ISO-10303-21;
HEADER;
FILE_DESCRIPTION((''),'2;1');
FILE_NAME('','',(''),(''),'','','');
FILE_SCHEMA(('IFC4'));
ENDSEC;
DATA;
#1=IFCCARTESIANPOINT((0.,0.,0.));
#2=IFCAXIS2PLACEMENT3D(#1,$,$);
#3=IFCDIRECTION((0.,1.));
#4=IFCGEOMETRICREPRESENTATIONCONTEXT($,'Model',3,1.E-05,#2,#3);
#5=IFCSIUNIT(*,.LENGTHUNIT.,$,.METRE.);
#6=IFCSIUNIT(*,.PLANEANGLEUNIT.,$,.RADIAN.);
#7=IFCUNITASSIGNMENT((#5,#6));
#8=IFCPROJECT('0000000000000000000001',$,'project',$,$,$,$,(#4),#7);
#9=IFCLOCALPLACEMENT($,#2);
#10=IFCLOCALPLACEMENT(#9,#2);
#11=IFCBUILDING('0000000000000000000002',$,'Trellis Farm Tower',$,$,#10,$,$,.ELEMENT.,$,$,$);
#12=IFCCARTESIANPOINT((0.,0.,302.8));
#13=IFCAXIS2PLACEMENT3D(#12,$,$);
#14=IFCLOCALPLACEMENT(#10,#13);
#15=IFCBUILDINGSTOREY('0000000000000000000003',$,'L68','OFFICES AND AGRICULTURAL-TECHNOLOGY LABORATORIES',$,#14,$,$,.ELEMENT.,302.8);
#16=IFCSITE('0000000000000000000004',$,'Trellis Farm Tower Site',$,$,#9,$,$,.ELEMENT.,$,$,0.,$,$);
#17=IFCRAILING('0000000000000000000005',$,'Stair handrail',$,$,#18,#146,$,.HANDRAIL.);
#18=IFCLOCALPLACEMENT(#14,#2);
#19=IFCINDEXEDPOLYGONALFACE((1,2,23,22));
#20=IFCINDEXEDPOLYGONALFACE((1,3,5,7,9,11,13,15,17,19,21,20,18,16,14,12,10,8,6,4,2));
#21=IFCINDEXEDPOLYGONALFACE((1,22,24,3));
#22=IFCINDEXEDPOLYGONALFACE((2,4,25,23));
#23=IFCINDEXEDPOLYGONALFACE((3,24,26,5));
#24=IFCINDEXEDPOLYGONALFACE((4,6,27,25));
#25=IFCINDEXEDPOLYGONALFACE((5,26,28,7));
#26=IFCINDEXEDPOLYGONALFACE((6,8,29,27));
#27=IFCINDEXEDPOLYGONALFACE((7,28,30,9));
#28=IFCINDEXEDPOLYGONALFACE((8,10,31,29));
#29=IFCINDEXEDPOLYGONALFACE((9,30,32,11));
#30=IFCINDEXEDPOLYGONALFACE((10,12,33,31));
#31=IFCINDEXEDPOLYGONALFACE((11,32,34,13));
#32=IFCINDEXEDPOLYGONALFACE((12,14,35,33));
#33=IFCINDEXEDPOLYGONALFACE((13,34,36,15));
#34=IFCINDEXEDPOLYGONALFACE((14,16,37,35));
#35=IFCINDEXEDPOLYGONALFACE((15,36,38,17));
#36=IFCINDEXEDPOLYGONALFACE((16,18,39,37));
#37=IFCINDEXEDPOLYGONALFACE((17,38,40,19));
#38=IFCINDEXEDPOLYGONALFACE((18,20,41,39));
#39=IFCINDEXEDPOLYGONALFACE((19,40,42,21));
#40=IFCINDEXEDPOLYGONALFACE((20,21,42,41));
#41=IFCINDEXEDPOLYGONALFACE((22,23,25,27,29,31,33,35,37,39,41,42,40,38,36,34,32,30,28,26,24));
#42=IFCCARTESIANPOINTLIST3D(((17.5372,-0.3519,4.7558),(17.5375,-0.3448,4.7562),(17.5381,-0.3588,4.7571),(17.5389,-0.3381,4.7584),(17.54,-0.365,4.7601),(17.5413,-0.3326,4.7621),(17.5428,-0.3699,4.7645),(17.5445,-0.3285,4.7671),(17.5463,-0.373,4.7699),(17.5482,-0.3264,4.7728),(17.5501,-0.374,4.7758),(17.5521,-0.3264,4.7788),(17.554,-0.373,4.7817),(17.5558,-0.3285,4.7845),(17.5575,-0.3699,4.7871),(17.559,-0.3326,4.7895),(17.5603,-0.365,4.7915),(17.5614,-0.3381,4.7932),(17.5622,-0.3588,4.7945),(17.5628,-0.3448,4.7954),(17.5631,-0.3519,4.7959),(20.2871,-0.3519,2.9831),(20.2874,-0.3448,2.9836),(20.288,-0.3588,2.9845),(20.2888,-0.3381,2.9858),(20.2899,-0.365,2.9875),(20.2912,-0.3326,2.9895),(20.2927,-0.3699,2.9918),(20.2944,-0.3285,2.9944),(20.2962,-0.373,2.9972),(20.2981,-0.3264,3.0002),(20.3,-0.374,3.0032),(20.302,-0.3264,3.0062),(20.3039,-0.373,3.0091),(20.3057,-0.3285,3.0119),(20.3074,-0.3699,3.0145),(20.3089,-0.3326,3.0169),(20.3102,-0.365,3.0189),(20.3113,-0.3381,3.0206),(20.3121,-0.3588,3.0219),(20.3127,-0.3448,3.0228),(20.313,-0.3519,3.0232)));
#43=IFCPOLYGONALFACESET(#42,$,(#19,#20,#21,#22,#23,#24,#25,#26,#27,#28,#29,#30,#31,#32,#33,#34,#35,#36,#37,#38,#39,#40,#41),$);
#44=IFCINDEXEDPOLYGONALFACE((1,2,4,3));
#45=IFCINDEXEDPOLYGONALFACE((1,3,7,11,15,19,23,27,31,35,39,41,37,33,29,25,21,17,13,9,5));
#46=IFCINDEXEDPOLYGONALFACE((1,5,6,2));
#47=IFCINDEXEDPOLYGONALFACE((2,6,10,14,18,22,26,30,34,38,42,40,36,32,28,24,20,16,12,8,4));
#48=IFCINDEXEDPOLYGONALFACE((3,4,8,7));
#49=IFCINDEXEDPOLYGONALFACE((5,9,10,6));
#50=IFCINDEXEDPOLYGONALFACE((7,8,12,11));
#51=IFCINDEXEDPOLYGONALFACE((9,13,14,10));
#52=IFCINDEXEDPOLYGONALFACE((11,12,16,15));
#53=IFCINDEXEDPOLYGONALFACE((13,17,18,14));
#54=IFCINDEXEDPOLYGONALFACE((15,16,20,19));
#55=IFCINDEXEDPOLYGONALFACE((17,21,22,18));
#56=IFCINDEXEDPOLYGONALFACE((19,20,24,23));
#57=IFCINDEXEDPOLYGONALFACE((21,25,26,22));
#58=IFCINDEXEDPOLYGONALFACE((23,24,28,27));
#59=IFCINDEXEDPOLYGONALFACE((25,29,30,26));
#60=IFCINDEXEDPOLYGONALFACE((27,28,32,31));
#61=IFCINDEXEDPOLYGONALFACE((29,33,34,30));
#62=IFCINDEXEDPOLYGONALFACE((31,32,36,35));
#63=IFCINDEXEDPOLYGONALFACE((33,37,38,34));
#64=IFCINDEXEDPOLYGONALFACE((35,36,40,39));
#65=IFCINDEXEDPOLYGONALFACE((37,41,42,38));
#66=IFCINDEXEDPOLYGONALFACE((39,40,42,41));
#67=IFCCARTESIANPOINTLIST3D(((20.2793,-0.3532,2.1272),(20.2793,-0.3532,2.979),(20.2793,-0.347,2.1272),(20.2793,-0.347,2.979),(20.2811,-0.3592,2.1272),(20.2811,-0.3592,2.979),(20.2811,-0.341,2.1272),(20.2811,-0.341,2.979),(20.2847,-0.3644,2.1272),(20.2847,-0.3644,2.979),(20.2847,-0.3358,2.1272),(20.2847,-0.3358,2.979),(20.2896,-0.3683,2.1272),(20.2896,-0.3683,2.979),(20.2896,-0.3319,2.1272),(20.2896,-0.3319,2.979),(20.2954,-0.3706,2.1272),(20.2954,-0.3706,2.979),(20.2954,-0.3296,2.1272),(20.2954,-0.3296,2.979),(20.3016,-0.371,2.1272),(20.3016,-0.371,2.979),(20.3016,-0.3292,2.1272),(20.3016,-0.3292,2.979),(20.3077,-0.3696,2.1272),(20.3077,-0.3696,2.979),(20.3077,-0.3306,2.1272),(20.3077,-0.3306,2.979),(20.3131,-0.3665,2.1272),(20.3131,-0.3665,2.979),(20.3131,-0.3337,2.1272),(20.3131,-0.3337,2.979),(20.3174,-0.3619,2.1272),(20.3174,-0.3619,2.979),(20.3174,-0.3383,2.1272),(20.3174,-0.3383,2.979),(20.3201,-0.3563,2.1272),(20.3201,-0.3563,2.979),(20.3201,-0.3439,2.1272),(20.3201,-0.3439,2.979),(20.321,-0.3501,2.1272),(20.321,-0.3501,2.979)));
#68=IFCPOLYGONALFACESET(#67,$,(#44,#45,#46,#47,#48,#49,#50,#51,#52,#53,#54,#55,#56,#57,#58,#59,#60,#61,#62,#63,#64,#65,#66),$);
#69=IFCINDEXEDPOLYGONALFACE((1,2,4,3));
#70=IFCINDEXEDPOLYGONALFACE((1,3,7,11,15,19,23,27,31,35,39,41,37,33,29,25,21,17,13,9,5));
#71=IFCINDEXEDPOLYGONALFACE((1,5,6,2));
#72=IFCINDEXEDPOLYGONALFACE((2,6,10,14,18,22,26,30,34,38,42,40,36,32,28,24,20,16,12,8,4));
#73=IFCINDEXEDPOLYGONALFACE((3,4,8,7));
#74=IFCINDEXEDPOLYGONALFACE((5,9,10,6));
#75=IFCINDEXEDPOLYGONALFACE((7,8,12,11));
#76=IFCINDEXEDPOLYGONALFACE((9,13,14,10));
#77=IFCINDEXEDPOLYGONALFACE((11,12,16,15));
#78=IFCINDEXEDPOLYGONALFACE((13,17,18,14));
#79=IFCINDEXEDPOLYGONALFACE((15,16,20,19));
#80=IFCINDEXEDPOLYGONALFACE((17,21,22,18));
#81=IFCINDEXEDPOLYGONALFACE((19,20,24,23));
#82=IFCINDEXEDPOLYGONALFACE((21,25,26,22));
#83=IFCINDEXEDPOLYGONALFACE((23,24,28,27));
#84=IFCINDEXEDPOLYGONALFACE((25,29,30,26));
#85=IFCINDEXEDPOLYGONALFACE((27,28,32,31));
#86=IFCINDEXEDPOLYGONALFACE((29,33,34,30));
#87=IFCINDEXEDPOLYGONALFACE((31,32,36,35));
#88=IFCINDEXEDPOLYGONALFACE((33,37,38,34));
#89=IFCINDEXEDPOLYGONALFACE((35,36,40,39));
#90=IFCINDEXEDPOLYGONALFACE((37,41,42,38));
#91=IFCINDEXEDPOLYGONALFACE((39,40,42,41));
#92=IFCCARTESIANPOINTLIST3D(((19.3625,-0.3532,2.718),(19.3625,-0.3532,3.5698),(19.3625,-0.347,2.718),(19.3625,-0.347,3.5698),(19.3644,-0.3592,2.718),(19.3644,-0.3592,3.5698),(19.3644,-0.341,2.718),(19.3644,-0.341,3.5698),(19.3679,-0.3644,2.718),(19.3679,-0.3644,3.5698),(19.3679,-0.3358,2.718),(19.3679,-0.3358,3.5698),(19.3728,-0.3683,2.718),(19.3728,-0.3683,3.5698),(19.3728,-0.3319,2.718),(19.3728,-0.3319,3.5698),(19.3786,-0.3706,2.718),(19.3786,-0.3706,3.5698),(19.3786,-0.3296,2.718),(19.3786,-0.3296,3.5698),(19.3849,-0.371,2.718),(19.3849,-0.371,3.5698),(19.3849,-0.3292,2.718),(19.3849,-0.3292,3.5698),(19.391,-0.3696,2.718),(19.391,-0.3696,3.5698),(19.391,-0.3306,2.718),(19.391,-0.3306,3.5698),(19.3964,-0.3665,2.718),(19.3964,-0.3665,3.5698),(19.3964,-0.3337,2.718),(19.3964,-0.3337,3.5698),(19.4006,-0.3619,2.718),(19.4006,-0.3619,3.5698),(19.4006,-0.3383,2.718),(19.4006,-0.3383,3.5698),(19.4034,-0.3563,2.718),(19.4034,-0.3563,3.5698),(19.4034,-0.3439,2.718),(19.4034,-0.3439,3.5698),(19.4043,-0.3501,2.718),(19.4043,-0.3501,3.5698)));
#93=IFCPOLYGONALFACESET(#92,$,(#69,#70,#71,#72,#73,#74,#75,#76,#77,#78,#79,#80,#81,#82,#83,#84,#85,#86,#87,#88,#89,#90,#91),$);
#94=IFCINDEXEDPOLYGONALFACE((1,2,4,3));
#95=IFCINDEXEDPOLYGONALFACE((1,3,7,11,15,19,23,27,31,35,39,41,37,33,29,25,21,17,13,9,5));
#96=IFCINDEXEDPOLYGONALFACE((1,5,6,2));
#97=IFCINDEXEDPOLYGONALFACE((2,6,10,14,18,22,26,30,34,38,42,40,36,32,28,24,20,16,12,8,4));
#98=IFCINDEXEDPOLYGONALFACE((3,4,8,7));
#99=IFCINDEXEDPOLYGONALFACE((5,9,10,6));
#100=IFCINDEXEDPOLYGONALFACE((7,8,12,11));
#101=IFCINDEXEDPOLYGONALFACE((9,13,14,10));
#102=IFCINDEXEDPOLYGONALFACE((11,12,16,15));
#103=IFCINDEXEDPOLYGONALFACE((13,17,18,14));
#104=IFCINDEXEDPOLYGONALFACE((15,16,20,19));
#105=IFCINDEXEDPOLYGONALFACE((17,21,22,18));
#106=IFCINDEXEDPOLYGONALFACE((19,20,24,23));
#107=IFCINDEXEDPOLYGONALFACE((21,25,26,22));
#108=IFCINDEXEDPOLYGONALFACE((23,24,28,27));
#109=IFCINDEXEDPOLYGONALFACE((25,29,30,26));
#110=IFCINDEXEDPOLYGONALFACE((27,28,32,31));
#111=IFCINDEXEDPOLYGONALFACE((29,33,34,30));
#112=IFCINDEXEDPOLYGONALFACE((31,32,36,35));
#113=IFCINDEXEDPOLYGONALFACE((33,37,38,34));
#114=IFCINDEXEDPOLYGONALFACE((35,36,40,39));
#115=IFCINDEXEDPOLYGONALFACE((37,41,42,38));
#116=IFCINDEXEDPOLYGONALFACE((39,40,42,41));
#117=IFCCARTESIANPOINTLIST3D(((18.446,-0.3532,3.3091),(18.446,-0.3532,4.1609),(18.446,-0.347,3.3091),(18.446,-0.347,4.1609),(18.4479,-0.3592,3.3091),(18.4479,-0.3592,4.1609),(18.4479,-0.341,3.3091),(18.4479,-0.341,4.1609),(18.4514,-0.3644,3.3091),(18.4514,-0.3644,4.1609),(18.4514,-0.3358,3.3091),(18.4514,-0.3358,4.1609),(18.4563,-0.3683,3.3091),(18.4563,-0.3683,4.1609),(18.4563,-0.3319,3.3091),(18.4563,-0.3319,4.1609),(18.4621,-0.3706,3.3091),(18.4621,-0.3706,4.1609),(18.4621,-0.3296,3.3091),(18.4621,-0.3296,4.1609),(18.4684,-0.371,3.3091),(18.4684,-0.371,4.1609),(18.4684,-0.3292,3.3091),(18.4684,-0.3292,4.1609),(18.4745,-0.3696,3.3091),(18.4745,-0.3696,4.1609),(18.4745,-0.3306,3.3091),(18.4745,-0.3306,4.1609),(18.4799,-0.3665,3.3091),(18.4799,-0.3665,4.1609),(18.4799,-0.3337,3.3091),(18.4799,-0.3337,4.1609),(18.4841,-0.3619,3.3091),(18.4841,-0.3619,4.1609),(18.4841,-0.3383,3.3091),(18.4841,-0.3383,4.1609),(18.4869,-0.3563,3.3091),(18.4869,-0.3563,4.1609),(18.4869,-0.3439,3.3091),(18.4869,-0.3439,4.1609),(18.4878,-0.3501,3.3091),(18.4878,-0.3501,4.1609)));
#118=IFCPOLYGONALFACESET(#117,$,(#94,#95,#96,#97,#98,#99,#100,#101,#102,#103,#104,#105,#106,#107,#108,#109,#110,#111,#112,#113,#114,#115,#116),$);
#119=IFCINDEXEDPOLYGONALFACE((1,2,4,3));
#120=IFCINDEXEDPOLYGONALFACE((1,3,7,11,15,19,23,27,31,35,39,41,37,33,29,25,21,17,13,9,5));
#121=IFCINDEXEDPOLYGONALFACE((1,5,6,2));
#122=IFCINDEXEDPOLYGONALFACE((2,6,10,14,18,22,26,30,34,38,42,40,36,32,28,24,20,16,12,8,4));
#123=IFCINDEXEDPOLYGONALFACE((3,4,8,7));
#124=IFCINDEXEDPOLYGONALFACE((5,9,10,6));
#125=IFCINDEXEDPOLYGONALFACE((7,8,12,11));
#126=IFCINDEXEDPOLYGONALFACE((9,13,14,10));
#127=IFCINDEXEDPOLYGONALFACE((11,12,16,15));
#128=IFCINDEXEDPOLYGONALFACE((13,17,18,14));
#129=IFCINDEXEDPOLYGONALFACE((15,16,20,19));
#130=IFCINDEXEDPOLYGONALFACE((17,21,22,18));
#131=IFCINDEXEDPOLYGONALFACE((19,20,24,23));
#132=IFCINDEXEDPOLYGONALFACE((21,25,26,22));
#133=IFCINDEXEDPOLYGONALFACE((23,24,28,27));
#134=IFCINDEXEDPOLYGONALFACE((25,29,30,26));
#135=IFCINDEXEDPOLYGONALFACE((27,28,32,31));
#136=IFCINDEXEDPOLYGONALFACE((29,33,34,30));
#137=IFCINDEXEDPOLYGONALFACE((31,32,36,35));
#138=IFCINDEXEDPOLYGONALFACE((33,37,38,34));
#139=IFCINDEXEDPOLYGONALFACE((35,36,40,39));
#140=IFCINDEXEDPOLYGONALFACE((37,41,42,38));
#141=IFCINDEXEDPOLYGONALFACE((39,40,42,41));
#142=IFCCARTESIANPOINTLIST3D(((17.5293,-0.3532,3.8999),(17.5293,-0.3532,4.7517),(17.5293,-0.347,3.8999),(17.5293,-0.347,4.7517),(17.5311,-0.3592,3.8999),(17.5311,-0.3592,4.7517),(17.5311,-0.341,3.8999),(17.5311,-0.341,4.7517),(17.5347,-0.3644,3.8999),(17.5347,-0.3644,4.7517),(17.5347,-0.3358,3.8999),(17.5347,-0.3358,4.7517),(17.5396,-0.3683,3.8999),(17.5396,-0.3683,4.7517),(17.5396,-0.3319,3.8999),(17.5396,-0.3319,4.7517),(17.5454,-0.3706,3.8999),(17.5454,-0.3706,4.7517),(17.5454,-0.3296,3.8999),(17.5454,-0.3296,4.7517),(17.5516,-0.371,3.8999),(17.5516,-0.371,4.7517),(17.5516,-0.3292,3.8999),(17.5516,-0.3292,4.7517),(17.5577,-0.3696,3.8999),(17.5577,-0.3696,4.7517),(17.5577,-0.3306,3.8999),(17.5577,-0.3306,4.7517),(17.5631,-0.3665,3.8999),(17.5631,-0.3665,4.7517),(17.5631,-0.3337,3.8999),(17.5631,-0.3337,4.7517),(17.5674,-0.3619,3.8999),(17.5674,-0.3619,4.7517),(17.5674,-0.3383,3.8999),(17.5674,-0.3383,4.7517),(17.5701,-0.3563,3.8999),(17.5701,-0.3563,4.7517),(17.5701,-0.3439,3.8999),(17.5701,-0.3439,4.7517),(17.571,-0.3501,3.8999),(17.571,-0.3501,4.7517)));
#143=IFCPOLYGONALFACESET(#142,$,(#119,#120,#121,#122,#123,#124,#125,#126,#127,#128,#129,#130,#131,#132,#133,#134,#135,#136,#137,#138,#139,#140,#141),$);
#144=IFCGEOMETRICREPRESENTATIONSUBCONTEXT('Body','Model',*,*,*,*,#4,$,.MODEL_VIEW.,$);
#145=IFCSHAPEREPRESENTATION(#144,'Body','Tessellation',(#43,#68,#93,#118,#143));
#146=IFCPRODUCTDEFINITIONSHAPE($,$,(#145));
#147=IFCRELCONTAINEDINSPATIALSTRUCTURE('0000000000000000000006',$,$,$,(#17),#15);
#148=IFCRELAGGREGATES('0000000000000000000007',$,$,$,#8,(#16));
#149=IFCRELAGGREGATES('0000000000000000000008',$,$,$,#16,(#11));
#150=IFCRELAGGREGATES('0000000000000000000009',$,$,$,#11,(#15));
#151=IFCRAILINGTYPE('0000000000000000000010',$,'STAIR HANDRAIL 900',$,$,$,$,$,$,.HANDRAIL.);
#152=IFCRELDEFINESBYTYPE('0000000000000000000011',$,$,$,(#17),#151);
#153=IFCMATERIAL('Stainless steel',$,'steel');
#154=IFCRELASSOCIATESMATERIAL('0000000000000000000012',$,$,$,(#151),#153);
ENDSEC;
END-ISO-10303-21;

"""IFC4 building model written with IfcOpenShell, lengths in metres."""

from ifc_helpers import new_model, si_unit, direction, frame, origin, origin_2d, place, context, subcontext, project, spatial, circle, extrude, source, transform, mapped, material, type_object, element, save


model = new_model("IFC4")

# Units and contexts
model_context = context("Model", 3, precision=1e-05, world=origin(), true_north=direction((0.0, 1.0)))
body_context = subcontext(model_context, "Body", "Model", "MODEL_VIEW")
ifc_project = project(units=[si_unit("LENGTHUNIT", "METRE"), si_unit("PLANEANGLEUNIT", "RADIAN")], contexts=[model_context])

# Site, building, storey
site_placement = place(None, origin())
site = spatial("IfcSite", under=ifc_project, at=site_placement, Name="Trellis Farm Tower Site", CompositionType="ELEMENT", RefElevation=0.0)
building_placement = place(site_placement, origin())
building = spatial("IfcBuilding", under=site, at=building_placement, Name="Trellis Farm Tower", CompositionType="ELEMENT")
storey_placement = place(building_placement, frame((0.0, 0.0, 302.8)))
storey = spatial("IfcBuildingStorey", under=building, at=storey_placement, Name="L68", Description="OFFICES AND AGRICULTURAL-TECHNOLOGY LABORATORIES", CompositionType="ELEMENT", Elevation=302.8)

# Railing
ifc_material_1 = material(Name="Stainless steel", Category="steel")
railing_type = type_object("IfcRailingType", Name="STAIR HANDRAIL 900", PredefinedType="HANDRAIL", material=ifc_material_1)
shared_shape_1 = source(origin(), body_context, "Body", "SweptSolid", [
    extrude(circle(Radius=0.0239, at=origin_2d()), frame((0.0, 0.0, 0.876), z_axis=(-0.840504, 0.0, 0.541806), x_axis=(0.0, -1.0, 0.0)), (0.0, 0.0, 1.0), 3.2717),
    extrude(circle(Radius=0.021, at=origin_2d()), origin(), (0.0, 0.0, 1.0), 0.8518),
    extrude(circle(Radius=0.021, at=origin_2d()), frame((-0.9167, 0.0, 0.5908)), (0.0, 0.0, 1.0), 0.8518),
    extrude(circle(Radius=0.021, at=origin_2d()), frame((-1.8333, 0.0, 1.1819)), (0.0, 0.0, 1.0), 0.8518),
    extrude(circle(Radius=0.021, at=origin_2d()), frame((-2.75, 0.0, 1.7727)), (0.0, 0.0, 1.0), 0.8518),
])
for number, where, name in (
    (1, (20.3, -0.3501, 2.1272), "Stair handrail"),
):
    element("IfcRailing", number, at=place(storey_placement, frame(where)), inside=storey, type_object=railing_type, Name=name, PredefinedType="HANDRAIL", context=body_context, shape_type="MappedRepresentation", body=[
        mapped(shared_shape_1, transform((0.0, 0.0, 0.0))),
    ])

save(model, "model.ifc")
